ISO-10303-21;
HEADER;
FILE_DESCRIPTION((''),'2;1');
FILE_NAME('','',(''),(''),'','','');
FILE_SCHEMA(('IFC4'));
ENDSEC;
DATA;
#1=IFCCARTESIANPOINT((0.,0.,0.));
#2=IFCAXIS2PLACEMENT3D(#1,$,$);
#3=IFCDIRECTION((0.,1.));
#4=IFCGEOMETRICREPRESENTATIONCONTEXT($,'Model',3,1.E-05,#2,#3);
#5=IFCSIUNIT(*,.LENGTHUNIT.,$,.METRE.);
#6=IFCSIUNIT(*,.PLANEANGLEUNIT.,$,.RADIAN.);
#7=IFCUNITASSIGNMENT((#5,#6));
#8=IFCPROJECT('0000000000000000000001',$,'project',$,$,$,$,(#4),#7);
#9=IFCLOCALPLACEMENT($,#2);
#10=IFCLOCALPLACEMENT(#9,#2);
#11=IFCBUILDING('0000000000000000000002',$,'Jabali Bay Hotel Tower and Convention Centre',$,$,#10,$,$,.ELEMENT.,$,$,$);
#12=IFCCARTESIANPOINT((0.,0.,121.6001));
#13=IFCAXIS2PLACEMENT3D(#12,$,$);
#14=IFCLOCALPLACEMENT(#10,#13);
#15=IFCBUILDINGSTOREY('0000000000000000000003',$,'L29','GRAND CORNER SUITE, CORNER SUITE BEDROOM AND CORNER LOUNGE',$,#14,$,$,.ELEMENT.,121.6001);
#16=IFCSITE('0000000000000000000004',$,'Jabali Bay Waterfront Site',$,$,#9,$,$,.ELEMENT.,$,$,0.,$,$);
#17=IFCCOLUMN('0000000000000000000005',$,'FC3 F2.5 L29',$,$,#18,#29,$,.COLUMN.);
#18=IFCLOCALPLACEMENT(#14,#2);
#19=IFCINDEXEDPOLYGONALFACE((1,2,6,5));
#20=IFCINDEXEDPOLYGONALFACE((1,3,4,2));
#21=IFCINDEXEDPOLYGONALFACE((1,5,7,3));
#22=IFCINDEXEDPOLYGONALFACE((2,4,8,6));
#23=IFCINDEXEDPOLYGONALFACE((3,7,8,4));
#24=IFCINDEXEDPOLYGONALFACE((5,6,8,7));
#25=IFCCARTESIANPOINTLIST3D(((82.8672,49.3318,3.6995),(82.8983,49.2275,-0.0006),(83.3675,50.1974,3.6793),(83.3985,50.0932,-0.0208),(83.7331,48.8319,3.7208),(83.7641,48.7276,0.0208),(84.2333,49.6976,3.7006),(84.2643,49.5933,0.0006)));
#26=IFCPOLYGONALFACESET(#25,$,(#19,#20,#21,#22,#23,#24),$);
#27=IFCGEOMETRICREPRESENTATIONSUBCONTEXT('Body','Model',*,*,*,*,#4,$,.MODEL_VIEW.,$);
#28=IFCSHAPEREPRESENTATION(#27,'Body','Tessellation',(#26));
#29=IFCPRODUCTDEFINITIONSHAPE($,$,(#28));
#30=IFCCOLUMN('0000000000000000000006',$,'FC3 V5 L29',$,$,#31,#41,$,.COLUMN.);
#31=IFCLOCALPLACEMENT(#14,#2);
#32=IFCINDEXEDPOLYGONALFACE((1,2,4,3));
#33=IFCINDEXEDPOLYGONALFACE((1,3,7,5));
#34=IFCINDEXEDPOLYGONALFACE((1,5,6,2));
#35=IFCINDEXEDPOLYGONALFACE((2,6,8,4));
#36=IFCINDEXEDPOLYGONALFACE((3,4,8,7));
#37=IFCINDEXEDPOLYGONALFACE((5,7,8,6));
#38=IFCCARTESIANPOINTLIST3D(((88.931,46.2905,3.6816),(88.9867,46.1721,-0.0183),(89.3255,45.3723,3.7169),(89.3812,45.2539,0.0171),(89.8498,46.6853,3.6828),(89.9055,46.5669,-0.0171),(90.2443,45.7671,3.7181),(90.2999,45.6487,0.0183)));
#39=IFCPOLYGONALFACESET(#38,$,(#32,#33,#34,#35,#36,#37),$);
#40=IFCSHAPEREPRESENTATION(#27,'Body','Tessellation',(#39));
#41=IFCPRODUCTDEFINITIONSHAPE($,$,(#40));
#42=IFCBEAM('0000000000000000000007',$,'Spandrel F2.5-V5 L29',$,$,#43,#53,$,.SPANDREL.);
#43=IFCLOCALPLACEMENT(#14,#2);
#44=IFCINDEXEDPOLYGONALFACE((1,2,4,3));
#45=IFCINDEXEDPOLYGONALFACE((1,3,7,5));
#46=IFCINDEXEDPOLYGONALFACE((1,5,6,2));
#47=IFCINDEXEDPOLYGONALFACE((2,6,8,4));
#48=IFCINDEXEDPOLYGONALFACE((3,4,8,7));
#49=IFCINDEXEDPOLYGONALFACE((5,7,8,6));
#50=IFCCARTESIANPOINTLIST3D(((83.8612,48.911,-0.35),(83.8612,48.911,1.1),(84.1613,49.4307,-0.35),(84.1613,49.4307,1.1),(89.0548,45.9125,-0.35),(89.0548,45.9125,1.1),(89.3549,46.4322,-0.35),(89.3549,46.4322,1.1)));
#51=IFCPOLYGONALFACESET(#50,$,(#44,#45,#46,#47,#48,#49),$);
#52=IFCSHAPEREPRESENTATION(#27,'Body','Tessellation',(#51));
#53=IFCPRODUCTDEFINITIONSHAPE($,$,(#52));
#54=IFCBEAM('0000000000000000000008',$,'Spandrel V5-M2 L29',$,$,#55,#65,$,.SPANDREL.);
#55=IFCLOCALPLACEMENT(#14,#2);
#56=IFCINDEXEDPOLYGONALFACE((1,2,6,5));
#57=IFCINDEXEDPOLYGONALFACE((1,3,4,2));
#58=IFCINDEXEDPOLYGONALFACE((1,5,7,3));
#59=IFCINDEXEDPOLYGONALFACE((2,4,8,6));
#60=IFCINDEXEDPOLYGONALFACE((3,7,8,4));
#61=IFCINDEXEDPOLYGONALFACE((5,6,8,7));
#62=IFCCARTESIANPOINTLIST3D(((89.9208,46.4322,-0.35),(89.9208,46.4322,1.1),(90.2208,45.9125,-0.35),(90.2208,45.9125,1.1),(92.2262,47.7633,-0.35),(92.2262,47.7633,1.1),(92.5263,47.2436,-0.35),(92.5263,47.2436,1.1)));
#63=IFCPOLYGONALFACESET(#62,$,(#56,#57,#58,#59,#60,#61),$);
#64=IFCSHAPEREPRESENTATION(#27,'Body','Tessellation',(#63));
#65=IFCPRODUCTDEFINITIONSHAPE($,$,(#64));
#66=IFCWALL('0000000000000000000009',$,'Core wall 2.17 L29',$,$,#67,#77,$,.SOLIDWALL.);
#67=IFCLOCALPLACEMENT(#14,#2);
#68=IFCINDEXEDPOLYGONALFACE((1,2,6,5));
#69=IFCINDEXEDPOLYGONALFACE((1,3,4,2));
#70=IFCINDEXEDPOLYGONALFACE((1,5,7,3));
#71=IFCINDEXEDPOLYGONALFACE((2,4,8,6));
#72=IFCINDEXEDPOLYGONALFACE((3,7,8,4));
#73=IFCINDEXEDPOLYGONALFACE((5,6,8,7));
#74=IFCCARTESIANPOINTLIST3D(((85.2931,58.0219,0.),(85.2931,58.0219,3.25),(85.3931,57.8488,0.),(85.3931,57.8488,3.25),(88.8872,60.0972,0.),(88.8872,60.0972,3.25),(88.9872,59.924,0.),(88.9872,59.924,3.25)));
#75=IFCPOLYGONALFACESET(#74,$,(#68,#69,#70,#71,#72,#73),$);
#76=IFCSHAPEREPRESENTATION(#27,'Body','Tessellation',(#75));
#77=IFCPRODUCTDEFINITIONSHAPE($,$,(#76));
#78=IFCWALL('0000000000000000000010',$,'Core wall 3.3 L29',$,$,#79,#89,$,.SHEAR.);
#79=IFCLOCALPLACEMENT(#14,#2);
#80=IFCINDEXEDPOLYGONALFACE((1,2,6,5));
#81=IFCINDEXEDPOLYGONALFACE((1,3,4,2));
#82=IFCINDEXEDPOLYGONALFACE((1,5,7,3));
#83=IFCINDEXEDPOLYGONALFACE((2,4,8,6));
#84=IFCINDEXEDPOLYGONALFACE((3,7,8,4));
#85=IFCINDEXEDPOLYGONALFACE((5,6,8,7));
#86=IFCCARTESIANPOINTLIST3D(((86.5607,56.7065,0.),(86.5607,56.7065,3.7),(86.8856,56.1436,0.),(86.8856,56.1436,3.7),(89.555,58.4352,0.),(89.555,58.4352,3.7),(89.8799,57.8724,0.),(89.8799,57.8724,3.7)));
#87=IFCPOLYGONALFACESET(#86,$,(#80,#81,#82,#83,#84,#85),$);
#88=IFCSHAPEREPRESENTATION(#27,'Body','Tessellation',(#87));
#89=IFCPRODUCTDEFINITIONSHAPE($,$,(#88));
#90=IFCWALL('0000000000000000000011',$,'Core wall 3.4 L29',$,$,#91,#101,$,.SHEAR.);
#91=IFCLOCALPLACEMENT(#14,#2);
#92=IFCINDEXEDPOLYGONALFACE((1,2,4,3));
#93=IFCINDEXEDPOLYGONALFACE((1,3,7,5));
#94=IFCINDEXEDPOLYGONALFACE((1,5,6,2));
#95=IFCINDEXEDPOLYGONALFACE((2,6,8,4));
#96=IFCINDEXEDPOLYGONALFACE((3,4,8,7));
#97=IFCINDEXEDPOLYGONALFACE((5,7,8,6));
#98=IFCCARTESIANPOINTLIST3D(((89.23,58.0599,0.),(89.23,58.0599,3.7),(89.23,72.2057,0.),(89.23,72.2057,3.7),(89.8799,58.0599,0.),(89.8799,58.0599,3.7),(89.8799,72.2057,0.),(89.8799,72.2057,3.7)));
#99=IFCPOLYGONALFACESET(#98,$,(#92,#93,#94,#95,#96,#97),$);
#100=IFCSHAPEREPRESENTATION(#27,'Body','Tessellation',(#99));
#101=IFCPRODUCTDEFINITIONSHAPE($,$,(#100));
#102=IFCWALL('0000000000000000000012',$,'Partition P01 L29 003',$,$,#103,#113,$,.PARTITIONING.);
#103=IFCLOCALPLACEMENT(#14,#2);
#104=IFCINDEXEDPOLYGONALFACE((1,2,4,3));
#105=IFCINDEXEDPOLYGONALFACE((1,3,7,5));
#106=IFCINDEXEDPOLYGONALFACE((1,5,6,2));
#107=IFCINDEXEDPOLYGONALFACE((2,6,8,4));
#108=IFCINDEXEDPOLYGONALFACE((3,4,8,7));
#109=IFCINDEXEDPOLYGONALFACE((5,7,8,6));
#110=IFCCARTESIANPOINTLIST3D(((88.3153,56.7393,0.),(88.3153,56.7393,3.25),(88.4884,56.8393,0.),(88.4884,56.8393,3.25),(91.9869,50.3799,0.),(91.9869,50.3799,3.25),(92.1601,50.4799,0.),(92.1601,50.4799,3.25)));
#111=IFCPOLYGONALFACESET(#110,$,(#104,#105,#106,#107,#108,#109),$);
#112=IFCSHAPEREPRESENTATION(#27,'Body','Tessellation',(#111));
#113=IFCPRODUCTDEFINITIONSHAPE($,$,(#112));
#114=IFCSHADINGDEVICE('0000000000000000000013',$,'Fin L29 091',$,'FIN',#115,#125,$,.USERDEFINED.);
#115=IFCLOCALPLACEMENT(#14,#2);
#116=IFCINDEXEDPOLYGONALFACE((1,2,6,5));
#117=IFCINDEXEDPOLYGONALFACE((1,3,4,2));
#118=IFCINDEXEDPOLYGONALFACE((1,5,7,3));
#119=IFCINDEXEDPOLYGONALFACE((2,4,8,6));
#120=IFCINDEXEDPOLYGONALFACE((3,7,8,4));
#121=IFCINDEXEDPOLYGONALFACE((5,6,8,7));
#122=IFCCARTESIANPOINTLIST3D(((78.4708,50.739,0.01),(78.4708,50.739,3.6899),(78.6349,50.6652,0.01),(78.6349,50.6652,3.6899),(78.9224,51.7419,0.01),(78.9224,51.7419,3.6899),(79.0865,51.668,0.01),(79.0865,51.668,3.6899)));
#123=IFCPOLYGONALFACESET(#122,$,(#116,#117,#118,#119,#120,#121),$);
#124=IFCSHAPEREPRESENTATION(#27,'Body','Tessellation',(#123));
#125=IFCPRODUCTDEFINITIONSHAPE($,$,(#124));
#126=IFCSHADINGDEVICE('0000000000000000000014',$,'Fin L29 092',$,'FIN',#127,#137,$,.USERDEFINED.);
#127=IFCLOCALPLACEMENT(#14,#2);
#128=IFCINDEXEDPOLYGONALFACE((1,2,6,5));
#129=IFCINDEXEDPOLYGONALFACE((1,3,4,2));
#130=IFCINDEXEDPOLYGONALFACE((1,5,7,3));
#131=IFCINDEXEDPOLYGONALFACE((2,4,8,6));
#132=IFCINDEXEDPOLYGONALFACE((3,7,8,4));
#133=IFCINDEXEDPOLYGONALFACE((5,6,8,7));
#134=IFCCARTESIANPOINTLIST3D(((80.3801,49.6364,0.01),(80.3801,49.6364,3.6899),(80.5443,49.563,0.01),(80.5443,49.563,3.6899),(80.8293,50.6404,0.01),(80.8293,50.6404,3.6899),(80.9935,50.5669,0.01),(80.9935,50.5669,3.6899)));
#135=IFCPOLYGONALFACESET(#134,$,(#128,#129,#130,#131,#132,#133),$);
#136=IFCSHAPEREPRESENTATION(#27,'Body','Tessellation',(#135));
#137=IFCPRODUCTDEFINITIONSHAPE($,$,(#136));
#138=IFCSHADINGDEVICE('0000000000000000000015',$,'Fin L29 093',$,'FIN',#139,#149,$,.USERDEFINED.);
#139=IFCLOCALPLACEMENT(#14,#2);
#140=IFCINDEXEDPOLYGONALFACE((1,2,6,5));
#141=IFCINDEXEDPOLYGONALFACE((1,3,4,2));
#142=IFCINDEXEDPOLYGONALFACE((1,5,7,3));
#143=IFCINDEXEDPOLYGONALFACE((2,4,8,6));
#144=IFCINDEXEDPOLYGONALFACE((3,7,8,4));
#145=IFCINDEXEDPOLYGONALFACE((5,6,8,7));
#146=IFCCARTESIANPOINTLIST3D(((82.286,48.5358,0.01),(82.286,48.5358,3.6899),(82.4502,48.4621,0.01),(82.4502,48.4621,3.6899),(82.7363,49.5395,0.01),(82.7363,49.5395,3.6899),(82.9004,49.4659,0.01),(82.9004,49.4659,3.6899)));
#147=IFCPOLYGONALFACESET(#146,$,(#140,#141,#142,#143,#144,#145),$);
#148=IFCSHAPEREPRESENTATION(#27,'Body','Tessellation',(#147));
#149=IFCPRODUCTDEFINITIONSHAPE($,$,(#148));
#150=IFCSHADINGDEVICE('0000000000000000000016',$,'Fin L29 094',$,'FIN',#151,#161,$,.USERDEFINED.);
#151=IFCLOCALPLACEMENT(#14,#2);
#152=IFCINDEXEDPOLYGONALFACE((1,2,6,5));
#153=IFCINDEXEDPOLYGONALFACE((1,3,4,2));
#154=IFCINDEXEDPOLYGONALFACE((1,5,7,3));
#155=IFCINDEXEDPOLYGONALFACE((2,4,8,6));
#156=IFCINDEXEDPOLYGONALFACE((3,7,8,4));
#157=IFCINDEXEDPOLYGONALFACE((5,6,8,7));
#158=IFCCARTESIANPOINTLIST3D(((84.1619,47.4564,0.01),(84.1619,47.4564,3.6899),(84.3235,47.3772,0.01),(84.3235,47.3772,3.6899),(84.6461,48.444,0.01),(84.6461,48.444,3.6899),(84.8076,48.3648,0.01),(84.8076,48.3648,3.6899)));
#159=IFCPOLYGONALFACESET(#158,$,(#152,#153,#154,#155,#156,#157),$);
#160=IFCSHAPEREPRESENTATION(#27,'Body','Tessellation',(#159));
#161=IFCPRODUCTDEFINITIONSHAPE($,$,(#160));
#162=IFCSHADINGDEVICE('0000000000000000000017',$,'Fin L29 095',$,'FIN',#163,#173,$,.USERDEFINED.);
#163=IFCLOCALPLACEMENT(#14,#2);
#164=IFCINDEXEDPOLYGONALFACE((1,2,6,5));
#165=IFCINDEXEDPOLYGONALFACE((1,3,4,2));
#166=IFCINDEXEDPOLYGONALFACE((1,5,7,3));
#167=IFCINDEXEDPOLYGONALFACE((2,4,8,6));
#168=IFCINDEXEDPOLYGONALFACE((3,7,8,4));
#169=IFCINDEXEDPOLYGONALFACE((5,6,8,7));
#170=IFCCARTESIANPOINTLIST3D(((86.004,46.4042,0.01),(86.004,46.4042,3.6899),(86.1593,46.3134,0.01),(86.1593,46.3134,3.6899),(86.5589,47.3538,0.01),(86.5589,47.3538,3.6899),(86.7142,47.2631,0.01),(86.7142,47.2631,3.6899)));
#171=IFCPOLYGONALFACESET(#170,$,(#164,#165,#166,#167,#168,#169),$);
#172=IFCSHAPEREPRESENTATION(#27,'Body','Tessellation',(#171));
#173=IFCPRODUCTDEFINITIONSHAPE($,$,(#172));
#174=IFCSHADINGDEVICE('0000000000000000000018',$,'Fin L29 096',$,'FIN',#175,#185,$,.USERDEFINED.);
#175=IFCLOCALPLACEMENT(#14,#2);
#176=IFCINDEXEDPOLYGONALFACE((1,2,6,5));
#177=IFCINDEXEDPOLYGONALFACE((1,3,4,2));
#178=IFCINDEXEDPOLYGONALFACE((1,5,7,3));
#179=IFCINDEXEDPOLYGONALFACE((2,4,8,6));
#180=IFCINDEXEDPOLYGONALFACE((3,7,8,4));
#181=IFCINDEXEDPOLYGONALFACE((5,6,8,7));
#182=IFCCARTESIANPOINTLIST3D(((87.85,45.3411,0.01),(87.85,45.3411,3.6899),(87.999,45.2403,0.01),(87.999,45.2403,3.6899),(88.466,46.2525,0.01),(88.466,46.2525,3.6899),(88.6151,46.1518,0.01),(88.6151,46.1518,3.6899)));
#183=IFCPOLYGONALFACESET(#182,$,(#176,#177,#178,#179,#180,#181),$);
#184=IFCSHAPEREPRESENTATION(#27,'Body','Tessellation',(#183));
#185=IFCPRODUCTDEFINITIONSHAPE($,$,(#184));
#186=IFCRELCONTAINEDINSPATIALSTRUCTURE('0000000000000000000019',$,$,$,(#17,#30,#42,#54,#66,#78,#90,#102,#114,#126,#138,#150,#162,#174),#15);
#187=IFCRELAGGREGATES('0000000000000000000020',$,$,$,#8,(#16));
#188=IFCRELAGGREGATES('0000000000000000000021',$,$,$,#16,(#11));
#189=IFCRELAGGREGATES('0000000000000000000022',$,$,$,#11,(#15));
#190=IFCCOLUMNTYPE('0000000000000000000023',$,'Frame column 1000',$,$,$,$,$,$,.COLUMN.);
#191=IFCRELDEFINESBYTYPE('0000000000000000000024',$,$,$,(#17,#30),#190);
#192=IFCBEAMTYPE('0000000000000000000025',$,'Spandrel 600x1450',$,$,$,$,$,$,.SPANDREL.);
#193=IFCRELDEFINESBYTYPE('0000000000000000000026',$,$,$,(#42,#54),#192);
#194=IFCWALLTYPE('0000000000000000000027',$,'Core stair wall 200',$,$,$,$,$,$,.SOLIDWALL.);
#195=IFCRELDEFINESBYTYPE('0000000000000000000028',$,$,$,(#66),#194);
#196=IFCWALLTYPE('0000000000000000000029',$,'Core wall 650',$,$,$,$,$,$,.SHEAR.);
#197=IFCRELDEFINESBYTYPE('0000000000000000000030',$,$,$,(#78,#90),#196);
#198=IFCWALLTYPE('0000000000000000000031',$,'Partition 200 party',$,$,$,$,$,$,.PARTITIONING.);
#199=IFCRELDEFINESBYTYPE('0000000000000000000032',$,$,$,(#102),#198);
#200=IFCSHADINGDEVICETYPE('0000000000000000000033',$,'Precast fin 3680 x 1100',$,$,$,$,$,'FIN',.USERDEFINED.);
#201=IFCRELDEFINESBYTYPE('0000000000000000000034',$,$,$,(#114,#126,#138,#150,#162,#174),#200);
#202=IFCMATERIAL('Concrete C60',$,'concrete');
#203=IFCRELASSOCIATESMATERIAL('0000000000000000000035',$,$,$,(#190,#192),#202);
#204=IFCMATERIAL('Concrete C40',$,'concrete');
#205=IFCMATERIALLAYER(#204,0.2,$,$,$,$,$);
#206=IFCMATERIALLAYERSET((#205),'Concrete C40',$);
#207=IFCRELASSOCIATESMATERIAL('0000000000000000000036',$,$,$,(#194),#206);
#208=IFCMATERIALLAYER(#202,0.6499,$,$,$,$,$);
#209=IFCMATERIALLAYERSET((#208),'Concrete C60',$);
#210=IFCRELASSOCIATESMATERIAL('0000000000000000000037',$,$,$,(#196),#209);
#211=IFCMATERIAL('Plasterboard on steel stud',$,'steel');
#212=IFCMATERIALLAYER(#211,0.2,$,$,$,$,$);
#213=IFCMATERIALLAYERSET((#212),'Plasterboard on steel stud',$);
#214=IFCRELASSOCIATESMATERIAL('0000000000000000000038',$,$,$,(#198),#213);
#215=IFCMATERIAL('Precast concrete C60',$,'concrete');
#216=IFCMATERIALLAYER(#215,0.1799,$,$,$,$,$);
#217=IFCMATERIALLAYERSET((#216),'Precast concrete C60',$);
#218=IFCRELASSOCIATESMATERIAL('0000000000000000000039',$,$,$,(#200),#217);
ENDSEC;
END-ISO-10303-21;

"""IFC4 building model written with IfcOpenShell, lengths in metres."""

from ifc_helpers import new_model, si_unit, direction, frame, frame_2d, origin, origin_2d, place, context, subcontext, project, spatial, rectangle, extrude, material, layer, layer_set, material_profile, profile_set, type_object, element, save


model = new_model("IFC4")

# Units and contexts
model_context = context("Model", 3, precision=1e-05, world=origin(), true_north=direction((0.0, 1.0)))
body_context = subcontext(model_context, "Body", "Model", "MODEL_VIEW")
ifc_project = project(units=[si_unit("LENGTHUNIT", "METRE"), si_unit("PLANEANGLEUNIT", "RADIAN")], contexts=[model_context])

# Site, building, storey
site_placement = place(None, origin())
site = spatial("IfcSite", under=ifc_project, at=site_placement, Name="Jabali Bay Waterfront Site", CompositionType="ELEMENT", RefElevation=0.0)
building_placement = place(site_placement, origin())
building = spatial("IfcBuilding", under=site, at=building_placement, Name="Jabali Bay Hotel Tower and Convention Centre", CompositionType="ELEMENT")
storey_placement = place(building_placement, frame((0.0, 0.0, 121.6001)))
storey = spatial("IfcBuildingStorey", under=building, at=storey_placement, Name="L29", Description="GRAND CORNER SUITE, CORNER SUITE BEDROOM AND CORNER LOUNGE", CompositionType="ELEMENT", Elevation=121.6001)

# Columns
ifc_material_1 = material(Name="Concrete C60", Category="concrete")
ifc_material_profile_1 = material_profile(ifc_material_1, rectangle(XDim=1.0, YDim=1.0, at=origin_2d()), Name="Frame column 1000")
ifc_profile_set_1 = profile_set([ifc_material_profile_1], Name="Concrete C60")
column_type = type_object("IfcColumnType", Name="Frame column 1000", PredefinedType="COLUMN", material=ifc_profile_set_1)
column_1_placement = place(storey_placement, frame((83.5813, 49.4104, 0.0), z_axis=(-0.008376, 0.028163, 0.999568), x_axis=(-0.500237, -0.865653, 0.020198)))
element("IfcColumn", 1, at=column_1_placement, inside=storey, type_object=column_type, Name="FC3 F2.5 L29", PredefinedType="COLUMN", context=body_context, shape_type="SweptSolid", body=[
    extrude(rectangle(XDim=1.0, YDim=1.0, at=origin_2d()), origin(), (0.0, 0.0, 1.0), 3.7017),
])
column_2_placement = place(storey_placement, frame((89.6433, 45.9104, 0.0), z_axis=(-0.015035, 0.031983, 0.999375), x_axis=(0.394491, -0.918221, 0.03532)))
element("IfcColumn", 2, at=column_2_placement, inside=storey, type_object=column_type, Name="FC3 V5 L29", PredefinedType="COLUMN", context=body_context, shape_type="SweptSolid", body=[
    extrude(rectangle(XDim=1.0, YDim=1.0, at=origin_2d()), origin(), (0.0, 0.0, 1.0), 3.7021),
])

# Beams
ifc_material_profile_2 = material_profile(ifc_material_1, rectangle(XDim=0.6001, YDim=1.45, at=origin_2d()), Name="Spandrel 600x1450")
ifc_profile_set_2 = profile_set([ifc_material_profile_2], Name="Concrete C60")
beam_type = type_object("IfcBeamType", Name="Spandrel 600x1450", PredefinedType="SPANDREL", material=ifc_profile_set_2)
beam_1_placement = place(storey_placement, frame((84.0112, 49.1709, 0.375), z_axis=(0.866025, -0.500001, 0.0), x_axis=(0.500001, 0.866025, 0.0)))
element("IfcBeam", 3, at=beam_1_placement, inside=storey, type_object=beam_type, Name="Spandrel F2.5-V5 L29", PredefinedType="SPANDREL", context=body_context, shape_type="SweptSolid", body=[
    extrude(rectangle(XDim=0.6001, YDim=1.45, at=origin_2d()), origin(), (0.0, 0.0, 1.0), 5.9971),
])
beam_2_placement = place(storey_placement, frame((90.0708, 46.1724, 0.375), z_axis=(0.866022, 0.500006, 0.0), x_axis=(-0.500006, 0.866022, 0.0)))
element("IfcBeam", 4, at=beam_2_placement, inside=storey, type_object=beam_type, Name="Spandrel V5-M2 L29", PredefinedType="SPANDREL", context=body_context, shape_type="SweptSolid", body=[
    extrude(rectangle(XDim=0.6001, YDim=1.45, at=origin_2d()), origin(), (0.0, 0.0, 1.0), 2.6621),
])

# Walls
ifc_material_2 = material(Name="Concrete C40", Category="concrete")
ifc_layer_1 = layer(ifc_material_2, 0.2)
ifc_layer_set_1 = layer_set([ifc_layer_1], Name="Concrete C40")
wall_type_1 = type_object("IfcWallType", Name="Core stair wall 200", PredefinedType="SOLIDWALL", material=ifc_layer_set_1)
wall_1_placement = place(storey_placement, frame((85.343, 57.9353, 0.0), z_axis=(0.0, 0.0, 1.0), x_axis=(0.866004, 0.500036, 0.0)))
element("IfcWall", 5, at=wall_1_placement, inside=storey, type_object=wall_type_1, Name="Core wall 2.17 L29", PredefinedType="SOLIDWALL", context=body_context, shape_type="SweptSolid", body=[
    extrude(rectangle(XDim=4.1501, YDim=0.2, at=frame_2d((2.0752, 0.0))), origin(), (0.0, 0.0, 1.0), 3.25),
])
ifc_layer_2 = layer(ifc_material_1, 0.6499)
ifc_layer_set_2 = layer_set([ifc_layer_2], Name="Concrete C60")
wall_type_2 = type_object("IfcWallType", Name="Core wall 650", PredefinedType="SHEAR", material=ifc_layer_set_2)
wall_2_placement = place(storey_placement, frame((86.7231, 56.425, 0.0), z_axis=(0.0, 0.0, 1.0), x_axis=(0.866032, 0.499989, 0.0)))
element("IfcWall", 6, at=wall_2_placement, inside=storey, type_object=wall_type_2, Name="Core wall 3.3 L29", PredefinedType="SHEAR", context=body_context, shape_type="SweptSolid", body=[
    extrude(rectangle(XDim=3.4575, YDim=0.6499, at=frame_2d((1.7288, 0.0))), origin(), (0.0, 0.0, 1.0), 3.7),
])
wall_3_placement = place(storey_placement, frame((89.5549, 58.0601, 0.0), z_axis=(0.0, 0.0, 1.0), x_axis=(0.0, 1.0, 0.0)))
element("IfcWall", 7, at=wall_3_placement, inside=storey, type_object=wall_type_2, Name="Core wall 3.4 L29", PredefinedType="SHEAR", context=body_context, shape_type="SweptSolid", body=[
    extrude(rectangle(XDim=14.1458, YDim=0.6499, at=frame_2d((7.0728, 0.0))), origin(), (0.0, 0.0, 1.0), 3.7),
])

# Wall
ifc_material_3 = material(Name="Plasterboard on steel stud", Category="steel")
ifc_layer_3 = layer(ifc_material_3, 0.2)
ifc_layer_set_3 = layer_set([ifc_layer_3], Name="Plasterboard on steel stud")
wall_type_3 = type_object("IfcWallType", Name="Partition 200 party", PredefinedType="PARTITIONING", material=ifc_layer_set_3)
wall_4_placement = place(storey_placement, frame((88.4019, 56.7893, 0.0), z_axis=(0.0, 0.0, 1.0), x_axis=(0.500004, -0.866023, 0.0)))
element("IfcWall", 8, at=wall_4_placement, inside=storey, type_object=wall_type_3, Name="Partition P01 L29 003", PredefinedType="PARTITIONING", context=body_context, shape_type="SweptSolid", body=[
    extrude(rectangle(XDim=7.3433, YDim=0.2, at=frame_2d((3.6716, 0.0))), origin(), (0.0, 0.0, 1.0), 3.25),
])

# Shading devices
ifc_material_4 = material(Name="Precast concrete C60", Category="concrete")
ifc_layer_4 = layer(ifc_material_4, 0.1799)
ifc_layer_set_4 = layer_set([ifc_layer_4], Name="Precast concrete C60")
shading_device_type_1 = type_object("IfcShadingDeviceType", Name="Precast fin 3680 x 1100", ElementType="FIN", PredefinedType="USERDEFINED", material=ifc_layer_set_4)
for number, where, z_axis, x_axis, name in (
    (9, (79.0044, 51.7048, 0.01), (0.0, 0.0, 1.0), (-0.410623, -0.911805, 0.0), "Fin L29 091"),
    (10, (80.9114, 50.6035, 0.01), (0.0, 0.0, 1.0), (-0.408444, -0.912783, 0.0), "Fin L29 092"),
):
    element("IfcShadingDevice", number, at=place(storey_placement, frame(where, z_axis=z_axis, x_axis=x_axis)), inside=storey, type_object=shading_device_type_1, Name=name, ObjectType="FIN", PredefinedType="USERDEFINED", context=body_context, shape_type="SweptSolid", body=[
        extrude(rectangle(XDim=1.0999, YDim=0.1799, at=frame_2d((0.5498, 0.0))), origin(), (0.0, 0.0, 1.0), 3.6799),
    ])
shading_device_1_placement = place(storey_placement, frame((82.8184, 49.5027, 0.01), z_axis=(0.0, 0.0, 1.0), x_axis=(-0.409266, -0.912415, 0.0)))
element("IfcShadingDevice", 11, at=shading_device_1_placement, inside=storey, type_object=shading_device_type_1, Name="Fin L29 093", ObjectType="FIN", PredefinedType="USERDEFINED", context=body_context, shape_type="SweptSolid", body=[
    extrude(rectangle(XDim=1.1001, YDim=0.1799, at=frame_2d((0.55, 0.0))), origin(), (0.0, 0.0, 1.0), 3.6799),
])
for number, where, z_axis, x_axis, name in (
    (12, (84.7268, 48.4043, 0.01), (0.0, 0.0, 1.0), (-0.440185, -0.897907, 0.0), "Fin L29 094"),
    (13, (86.6365, 47.3083, 0.01), (0.0, 0.0, 1.0), (-0.504506, -0.863408, 0.0), "Fin L29 095"),
):
    element("IfcShadingDevice", number, at=place(storey_placement, frame(where, z_axis=z_axis, x_axis=x_axis)), inside=storey, type_object=shading_device_type_1, Name=name, ObjectType="FIN", PredefinedType="USERDEFINED", context=body_context, shape_type="SweptSolid", body=[
        extrude(rectangle(XDim=1.0999, YDim=0.1799, at=frame_2d((0.5498, 0.0))), origin(), (0.0, 0.0, 1.0), 3.6799),
    ])
for number, where, z_axis, x_axis, name in (
    (14, (88.5405, 46.2021, 0.01), (0.0, 0.0, 1.0), (-0.559964, -0.828517, 0.0), "Fin L29 096"),
):
    element("IfcShadingDevice", number, at=place(storey_placement, frame(where, z_axis=z_axis, x_axis=x_axis)), inside=storey, type_object=shading_device_type_1, Name=name, ObjectType="FIN", PredefinedType="USERDEFINED", context=body_context, shape_type="SweptSolid", body=[
        extrude(rectangle(XDim=1.1001, YDim=0.1799, at=frame_2d((0.55, 0.0))), origin(), (0.0, 0.0, 1.0), 3.6799),
    ])

save(model, "model.ifc")
